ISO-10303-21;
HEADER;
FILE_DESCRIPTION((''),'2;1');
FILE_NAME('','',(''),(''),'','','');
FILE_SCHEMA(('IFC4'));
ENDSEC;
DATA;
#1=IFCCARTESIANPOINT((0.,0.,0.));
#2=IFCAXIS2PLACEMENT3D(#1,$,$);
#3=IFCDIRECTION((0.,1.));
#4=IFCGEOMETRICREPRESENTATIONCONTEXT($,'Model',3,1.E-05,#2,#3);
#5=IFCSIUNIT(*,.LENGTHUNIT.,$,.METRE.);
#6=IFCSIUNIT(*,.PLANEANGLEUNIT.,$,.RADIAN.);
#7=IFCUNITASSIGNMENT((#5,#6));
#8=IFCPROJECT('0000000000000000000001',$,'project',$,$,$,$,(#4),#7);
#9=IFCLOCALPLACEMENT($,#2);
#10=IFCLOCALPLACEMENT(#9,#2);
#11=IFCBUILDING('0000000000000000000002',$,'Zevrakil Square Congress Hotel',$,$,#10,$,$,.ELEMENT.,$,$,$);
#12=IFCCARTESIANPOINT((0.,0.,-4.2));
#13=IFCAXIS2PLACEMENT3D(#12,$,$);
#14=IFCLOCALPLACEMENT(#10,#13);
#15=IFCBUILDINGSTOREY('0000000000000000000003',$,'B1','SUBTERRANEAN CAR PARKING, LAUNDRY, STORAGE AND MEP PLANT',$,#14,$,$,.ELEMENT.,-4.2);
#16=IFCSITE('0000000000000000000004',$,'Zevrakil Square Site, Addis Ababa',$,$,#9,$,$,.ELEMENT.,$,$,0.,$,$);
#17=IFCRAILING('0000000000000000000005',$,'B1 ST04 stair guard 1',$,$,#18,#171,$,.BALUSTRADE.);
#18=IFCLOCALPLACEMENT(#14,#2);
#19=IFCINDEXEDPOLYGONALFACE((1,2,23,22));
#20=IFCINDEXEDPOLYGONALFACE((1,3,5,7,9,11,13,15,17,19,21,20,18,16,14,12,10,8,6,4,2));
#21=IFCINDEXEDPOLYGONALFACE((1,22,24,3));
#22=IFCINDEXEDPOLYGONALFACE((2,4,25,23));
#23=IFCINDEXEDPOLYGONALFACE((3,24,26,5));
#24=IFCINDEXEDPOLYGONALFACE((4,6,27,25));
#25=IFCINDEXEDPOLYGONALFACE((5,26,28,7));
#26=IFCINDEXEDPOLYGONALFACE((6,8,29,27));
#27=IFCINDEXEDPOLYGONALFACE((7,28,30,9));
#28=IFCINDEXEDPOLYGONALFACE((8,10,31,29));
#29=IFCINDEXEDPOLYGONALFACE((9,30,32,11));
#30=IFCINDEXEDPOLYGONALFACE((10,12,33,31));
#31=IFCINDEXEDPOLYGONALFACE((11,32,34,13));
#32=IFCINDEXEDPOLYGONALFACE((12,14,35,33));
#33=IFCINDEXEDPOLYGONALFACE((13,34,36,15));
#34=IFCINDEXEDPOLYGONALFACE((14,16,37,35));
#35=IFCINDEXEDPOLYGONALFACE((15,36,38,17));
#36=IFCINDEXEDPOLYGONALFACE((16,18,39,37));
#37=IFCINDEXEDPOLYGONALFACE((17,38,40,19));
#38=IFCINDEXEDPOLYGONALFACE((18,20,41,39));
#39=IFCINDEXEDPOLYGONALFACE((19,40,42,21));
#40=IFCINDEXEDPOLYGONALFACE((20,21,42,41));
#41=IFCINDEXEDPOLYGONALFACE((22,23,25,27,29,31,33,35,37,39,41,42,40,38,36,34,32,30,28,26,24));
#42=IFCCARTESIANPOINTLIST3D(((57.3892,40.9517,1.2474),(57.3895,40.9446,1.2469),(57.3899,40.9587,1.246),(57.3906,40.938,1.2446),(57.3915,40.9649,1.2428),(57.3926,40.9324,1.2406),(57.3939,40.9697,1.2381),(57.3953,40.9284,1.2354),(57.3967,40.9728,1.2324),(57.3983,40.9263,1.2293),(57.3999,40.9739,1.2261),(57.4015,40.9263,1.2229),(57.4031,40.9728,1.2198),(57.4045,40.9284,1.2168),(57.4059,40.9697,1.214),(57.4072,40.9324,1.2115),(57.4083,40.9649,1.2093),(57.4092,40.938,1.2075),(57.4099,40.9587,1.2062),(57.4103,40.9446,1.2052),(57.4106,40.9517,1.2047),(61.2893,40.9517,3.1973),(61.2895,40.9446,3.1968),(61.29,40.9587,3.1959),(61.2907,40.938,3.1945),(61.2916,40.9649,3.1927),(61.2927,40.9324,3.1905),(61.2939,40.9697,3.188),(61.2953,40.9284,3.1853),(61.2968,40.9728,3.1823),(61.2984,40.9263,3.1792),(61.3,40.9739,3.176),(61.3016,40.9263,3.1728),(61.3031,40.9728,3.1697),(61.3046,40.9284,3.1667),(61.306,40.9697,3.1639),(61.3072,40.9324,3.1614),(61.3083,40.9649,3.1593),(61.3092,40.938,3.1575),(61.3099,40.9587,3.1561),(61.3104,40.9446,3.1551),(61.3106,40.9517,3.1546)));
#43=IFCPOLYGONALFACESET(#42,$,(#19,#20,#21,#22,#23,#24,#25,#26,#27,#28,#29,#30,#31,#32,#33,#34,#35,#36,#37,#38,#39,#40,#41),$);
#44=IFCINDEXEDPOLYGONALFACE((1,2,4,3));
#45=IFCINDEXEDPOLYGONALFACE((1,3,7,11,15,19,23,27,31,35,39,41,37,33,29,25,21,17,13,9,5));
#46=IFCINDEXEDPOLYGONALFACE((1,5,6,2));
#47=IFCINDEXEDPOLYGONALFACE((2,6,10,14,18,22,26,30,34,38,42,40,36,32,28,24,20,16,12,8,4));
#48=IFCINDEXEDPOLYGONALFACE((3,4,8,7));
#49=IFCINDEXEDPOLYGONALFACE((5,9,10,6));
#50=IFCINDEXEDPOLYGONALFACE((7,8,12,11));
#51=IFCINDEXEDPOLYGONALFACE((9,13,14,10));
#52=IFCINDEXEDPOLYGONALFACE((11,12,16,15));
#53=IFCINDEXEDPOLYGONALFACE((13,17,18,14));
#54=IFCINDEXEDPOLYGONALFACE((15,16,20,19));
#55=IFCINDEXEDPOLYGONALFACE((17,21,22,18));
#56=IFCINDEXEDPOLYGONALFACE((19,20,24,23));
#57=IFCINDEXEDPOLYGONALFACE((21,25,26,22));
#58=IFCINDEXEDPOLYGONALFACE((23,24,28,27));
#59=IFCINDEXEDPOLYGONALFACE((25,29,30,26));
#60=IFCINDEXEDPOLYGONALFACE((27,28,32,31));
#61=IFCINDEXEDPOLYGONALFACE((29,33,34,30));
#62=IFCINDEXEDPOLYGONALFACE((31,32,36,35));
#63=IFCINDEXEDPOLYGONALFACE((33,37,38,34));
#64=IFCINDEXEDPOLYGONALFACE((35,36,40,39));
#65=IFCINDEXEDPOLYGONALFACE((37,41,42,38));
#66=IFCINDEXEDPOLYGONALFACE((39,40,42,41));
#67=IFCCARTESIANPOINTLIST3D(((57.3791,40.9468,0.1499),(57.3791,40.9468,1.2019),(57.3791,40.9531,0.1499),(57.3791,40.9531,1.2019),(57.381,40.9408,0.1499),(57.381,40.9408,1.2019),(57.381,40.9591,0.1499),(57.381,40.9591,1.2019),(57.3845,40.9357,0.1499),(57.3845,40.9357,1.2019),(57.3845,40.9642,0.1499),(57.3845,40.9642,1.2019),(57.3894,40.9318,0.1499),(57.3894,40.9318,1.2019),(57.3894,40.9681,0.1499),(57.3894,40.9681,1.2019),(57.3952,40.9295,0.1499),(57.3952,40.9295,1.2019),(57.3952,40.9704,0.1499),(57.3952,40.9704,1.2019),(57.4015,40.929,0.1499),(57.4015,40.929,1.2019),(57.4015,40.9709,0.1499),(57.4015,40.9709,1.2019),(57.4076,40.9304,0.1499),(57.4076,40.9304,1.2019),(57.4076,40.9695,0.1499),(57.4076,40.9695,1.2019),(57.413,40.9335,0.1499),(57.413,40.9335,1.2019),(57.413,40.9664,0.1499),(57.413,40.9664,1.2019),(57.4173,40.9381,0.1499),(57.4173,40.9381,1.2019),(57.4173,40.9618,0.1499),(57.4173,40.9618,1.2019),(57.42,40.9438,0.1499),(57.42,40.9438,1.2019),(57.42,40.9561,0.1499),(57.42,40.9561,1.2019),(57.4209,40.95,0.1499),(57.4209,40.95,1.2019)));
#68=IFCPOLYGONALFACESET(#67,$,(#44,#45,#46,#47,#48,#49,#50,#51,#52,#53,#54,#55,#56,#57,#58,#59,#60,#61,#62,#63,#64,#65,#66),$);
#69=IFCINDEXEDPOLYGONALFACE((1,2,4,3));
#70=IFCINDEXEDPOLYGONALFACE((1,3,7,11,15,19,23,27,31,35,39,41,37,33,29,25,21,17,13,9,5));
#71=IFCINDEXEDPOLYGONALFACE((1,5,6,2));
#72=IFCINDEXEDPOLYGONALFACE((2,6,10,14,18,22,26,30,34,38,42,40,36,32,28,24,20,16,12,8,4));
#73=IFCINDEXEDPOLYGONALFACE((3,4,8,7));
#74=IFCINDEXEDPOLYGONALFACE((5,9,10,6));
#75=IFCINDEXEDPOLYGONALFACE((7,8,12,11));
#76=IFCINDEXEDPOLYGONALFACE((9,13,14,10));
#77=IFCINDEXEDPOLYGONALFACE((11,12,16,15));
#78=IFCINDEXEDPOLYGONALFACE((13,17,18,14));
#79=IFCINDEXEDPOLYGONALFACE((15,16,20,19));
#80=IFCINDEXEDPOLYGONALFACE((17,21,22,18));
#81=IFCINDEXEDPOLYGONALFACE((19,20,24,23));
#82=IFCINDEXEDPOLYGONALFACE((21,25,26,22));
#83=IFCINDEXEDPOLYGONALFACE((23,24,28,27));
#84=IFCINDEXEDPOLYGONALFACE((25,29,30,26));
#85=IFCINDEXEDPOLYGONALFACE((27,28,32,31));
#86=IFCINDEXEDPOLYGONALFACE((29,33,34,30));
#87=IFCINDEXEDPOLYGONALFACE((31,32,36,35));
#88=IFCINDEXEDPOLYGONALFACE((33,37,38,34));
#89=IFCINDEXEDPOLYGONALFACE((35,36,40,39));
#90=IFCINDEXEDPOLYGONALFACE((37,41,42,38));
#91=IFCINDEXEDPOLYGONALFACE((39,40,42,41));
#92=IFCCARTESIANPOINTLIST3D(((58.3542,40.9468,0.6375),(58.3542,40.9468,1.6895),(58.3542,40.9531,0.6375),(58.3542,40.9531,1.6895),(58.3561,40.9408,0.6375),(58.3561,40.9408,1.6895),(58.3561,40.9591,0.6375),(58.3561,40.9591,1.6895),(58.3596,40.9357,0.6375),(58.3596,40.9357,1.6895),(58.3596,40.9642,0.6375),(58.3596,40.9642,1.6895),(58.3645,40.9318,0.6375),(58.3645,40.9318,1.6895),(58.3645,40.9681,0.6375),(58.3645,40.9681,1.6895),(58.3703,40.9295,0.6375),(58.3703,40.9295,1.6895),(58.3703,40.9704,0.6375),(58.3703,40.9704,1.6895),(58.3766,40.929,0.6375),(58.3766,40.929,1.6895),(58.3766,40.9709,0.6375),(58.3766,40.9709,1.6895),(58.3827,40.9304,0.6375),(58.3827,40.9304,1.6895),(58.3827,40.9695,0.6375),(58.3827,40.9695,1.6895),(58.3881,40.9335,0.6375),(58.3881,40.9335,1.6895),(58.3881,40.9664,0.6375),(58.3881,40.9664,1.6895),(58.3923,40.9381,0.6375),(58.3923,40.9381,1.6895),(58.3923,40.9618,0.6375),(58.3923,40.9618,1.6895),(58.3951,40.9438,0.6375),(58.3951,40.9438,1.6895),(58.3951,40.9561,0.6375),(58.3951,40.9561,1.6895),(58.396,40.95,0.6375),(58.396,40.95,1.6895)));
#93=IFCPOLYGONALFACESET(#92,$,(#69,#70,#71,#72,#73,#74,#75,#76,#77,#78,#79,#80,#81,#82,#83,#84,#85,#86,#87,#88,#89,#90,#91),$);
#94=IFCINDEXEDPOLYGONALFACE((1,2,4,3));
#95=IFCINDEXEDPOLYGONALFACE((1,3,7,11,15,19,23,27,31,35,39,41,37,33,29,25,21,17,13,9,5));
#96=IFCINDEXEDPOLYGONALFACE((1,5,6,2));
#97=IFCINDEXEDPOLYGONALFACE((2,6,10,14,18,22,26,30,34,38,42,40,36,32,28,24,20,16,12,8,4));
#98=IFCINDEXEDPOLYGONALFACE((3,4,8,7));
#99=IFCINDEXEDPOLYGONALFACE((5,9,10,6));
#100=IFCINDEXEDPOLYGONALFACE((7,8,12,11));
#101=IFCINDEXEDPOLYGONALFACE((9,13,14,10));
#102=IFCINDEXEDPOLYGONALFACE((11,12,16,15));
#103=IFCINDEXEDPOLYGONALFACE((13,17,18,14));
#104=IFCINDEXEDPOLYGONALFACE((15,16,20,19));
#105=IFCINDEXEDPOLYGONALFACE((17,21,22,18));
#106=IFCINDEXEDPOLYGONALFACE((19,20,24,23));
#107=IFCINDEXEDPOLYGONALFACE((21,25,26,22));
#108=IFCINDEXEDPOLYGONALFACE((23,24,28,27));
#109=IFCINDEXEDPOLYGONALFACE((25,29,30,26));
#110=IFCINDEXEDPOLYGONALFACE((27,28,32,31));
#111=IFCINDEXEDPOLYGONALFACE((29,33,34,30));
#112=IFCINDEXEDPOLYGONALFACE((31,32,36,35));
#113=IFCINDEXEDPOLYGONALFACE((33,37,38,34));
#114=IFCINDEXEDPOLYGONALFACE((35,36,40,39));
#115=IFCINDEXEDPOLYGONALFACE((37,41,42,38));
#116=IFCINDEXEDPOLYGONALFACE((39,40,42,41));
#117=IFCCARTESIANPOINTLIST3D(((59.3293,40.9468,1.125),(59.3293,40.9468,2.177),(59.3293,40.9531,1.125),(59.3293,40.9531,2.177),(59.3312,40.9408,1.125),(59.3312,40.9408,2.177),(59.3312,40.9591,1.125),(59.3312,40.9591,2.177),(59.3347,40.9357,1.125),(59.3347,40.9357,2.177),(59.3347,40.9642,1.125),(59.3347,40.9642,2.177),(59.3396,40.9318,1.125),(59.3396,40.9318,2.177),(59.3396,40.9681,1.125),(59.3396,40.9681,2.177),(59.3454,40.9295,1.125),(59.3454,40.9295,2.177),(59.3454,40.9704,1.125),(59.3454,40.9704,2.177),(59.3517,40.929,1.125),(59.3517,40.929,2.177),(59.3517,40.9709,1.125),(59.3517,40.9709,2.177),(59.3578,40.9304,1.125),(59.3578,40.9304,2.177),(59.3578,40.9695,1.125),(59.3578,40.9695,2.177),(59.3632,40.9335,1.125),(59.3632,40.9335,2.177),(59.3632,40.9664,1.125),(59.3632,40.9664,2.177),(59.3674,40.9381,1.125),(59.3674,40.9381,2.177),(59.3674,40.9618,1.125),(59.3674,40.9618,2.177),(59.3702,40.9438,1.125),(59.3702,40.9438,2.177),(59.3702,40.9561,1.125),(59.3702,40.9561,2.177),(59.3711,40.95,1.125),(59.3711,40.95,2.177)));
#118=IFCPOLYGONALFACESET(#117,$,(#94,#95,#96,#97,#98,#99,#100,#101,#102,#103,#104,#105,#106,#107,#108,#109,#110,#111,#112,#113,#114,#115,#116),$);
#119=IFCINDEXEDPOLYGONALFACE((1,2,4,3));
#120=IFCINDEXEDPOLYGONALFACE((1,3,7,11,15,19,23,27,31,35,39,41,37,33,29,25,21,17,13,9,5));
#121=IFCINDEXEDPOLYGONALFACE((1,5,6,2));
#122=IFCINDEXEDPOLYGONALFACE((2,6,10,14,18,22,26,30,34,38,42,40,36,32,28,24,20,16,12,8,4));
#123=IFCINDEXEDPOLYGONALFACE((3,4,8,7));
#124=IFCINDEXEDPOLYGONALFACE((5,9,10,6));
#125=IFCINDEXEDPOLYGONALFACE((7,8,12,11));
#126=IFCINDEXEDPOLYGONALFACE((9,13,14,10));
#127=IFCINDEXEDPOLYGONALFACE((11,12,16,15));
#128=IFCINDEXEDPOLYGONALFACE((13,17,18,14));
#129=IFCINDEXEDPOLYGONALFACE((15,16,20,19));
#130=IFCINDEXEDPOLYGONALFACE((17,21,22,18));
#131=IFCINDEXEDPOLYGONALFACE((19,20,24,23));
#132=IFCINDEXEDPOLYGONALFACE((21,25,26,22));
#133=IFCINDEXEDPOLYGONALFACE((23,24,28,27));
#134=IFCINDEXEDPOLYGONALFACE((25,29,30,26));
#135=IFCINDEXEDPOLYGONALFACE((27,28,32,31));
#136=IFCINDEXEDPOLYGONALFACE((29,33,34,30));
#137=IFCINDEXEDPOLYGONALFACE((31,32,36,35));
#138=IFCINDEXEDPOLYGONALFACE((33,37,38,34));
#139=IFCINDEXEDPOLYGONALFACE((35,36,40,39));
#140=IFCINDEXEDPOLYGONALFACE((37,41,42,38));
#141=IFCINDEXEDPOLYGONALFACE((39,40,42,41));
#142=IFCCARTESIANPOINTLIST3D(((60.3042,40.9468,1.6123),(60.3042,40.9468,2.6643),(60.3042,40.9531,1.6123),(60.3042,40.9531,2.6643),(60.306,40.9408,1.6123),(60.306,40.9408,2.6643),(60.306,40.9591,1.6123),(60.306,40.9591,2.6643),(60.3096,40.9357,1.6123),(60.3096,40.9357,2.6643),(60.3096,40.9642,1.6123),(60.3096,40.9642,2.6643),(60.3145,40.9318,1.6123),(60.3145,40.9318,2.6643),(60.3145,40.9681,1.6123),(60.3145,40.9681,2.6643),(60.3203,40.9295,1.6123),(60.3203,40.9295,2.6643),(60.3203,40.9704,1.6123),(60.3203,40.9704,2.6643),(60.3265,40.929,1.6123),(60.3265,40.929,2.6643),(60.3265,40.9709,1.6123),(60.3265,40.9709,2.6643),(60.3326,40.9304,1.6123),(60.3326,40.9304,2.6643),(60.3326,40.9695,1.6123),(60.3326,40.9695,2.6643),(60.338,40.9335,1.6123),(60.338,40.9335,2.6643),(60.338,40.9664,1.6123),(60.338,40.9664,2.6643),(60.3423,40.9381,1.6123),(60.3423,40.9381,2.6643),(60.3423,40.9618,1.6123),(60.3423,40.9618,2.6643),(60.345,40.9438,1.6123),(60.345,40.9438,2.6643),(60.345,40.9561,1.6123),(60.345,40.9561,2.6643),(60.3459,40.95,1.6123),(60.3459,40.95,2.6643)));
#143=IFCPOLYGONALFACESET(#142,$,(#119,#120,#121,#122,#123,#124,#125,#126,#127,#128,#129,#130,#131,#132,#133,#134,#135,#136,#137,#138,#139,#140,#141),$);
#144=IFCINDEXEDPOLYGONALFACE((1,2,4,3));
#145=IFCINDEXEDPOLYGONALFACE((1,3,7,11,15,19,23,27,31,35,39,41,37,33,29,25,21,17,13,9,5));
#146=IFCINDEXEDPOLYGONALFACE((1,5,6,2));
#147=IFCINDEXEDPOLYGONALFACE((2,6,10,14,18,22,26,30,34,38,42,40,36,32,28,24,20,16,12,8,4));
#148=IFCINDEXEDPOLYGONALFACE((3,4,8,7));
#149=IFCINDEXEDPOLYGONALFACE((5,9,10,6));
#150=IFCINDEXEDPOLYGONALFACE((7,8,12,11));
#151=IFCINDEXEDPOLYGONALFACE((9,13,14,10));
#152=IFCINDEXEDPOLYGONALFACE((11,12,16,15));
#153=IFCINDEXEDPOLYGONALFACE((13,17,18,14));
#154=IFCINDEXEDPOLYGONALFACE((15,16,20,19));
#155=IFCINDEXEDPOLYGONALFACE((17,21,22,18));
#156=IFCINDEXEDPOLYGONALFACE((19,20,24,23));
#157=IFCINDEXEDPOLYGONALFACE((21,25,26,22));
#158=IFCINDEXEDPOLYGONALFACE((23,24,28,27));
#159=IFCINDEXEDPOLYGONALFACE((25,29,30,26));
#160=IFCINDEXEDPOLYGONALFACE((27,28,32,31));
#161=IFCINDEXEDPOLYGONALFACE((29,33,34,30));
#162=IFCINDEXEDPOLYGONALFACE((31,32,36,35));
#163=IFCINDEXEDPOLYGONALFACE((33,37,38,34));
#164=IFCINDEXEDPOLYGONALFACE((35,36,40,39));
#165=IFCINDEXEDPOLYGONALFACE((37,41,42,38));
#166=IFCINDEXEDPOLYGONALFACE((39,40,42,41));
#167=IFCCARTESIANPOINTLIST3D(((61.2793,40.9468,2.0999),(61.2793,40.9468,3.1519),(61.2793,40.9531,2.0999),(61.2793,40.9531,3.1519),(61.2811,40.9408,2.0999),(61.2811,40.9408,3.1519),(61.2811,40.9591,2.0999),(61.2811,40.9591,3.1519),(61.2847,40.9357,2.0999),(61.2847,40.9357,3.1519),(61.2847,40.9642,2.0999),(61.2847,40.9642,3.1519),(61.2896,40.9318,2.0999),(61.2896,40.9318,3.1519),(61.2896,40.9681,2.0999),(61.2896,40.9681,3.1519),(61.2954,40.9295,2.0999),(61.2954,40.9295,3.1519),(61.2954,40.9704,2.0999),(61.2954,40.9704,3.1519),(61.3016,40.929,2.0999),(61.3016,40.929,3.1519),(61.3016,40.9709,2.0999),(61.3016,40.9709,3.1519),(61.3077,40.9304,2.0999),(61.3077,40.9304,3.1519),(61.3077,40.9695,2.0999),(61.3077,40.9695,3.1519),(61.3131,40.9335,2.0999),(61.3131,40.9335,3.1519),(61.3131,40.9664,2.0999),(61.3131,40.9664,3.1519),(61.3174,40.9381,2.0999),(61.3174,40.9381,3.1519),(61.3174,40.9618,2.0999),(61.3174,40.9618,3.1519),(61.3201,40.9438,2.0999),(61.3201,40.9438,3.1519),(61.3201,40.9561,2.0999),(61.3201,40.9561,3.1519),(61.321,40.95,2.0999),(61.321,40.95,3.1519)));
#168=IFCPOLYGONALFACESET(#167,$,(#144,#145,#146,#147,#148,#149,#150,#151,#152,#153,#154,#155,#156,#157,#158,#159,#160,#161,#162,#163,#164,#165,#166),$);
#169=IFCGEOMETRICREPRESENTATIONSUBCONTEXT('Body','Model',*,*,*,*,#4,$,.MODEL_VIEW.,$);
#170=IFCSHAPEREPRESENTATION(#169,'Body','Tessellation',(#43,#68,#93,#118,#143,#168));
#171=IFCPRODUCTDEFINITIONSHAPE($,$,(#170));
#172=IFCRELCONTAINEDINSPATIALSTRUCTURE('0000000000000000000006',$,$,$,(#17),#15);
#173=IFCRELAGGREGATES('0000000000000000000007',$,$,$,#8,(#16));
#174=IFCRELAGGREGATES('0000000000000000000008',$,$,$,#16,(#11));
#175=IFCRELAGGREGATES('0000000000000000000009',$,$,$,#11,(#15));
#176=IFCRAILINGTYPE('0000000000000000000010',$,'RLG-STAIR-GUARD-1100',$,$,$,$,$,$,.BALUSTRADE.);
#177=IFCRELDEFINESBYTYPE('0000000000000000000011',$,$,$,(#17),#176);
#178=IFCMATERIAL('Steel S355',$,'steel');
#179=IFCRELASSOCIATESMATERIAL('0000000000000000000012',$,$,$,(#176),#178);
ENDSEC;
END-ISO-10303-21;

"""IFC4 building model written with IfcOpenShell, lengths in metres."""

from ifc_helpers import new_model, si_unit, direction, frame, origin, origin_2d, place, context, subcontext, project, spatial, circle, extrude, material, type_object, element, save


model = new_model("IFC4")

# Units and contexts
model_context = context("Model", 3, precision=1e-05, world=origin(), true_north=direction((0.0, 1.0)))
body_context = subcontext(model_context, "Body", "Model", "MODEL_VIEW")
ifc_project = project(units=[si_unit("LENGTHUNIT", "METRE"), si_unit("PLANEANGLEUNIT", "RADIAN")], contexts=[model_context])

# Site, building, storey
site_placement = place(None, origin())
site = spatial("IfcSite", under=ifc_project, at=site_placement, Name="Zevrakil Square Site, Addis Ababa", CompositionType="ELEMENT", RefElevation=0.0)
building_placement = place(site_placement, origin())
building = spatial("IfcBuilding", under=site, at=building_placement, Name="Zevrakil Square Congress Hotel", CompositionType="ELEMENT")
storey_placement = place(building_placement, frame((0.0, 0.0, -4.2)))
storey = spatial("IfcBuildingStorey", under=building, at=storey_placement, Name="B1", Description="SUBTERRANEAN CAR PARKING, LAUNDRY, STORAGE AND MEP PLANT", CompositionType="ELEMENT", Elevation=-4.2)

# Railing
ifc_material_1 = material(Name="Steel S355", Category="steel")
railing_type_1 = type_object("IfcRailingType", Name="RLG-STAIR-GUARD-1100", PredefinedType="BALUSTRADE", material=ifc_material_1)
railing_1_placement = place(storey_placement, frame((57.3999, 40.95, 0.1499)))
element("IfcRailing", 1, at=railing_1_placement, inside=storey, type_object=railing_type_1, Name="B1 ST04 stair guard 1", PredefinedType="BALUSTRADE", context=body_context, shape_type="SweptSolid", body=[
    extrude(circle(Radius=0.0239, at=origin_2d()), frame((0.0, 0.0, 1.0762), z_axis=(0.894438, 0.0, 0.447191), x_axis=(0.0, 1.0, 0.0)), (0.0, 0.0, 1.0), 4.3604),
    extrude(circle(Radius=0.021, at=origin_2d()), origin(), (0.0, 0.0, 1.0), 1.052),
    extrude(circle(Radius=0.021, at=origin_2d()), frame((0.9751, 0.0, 0.4875)), (0.0, 0.0, 1.0), 1.052),
    extrude(circle(Radius=0.021, at=origin_2d()), frame((1.9502, 0.0, 0.9751)), (0.0, 0.0, 1.0), 1.052),
    extrude(circle(Radius=0.021, at=origin_2d()), frame((2.925, 0.0, 1.4624)), (0.0, 0.0, 1.0), 1.052),
    extrude(circle(Radius=0.021, at=origin_2d()), frame((3.9001, 0.0, 1.95)), (0.0, 0.0, 1.0), 1.052),
])

save(model, "model.ifc")
